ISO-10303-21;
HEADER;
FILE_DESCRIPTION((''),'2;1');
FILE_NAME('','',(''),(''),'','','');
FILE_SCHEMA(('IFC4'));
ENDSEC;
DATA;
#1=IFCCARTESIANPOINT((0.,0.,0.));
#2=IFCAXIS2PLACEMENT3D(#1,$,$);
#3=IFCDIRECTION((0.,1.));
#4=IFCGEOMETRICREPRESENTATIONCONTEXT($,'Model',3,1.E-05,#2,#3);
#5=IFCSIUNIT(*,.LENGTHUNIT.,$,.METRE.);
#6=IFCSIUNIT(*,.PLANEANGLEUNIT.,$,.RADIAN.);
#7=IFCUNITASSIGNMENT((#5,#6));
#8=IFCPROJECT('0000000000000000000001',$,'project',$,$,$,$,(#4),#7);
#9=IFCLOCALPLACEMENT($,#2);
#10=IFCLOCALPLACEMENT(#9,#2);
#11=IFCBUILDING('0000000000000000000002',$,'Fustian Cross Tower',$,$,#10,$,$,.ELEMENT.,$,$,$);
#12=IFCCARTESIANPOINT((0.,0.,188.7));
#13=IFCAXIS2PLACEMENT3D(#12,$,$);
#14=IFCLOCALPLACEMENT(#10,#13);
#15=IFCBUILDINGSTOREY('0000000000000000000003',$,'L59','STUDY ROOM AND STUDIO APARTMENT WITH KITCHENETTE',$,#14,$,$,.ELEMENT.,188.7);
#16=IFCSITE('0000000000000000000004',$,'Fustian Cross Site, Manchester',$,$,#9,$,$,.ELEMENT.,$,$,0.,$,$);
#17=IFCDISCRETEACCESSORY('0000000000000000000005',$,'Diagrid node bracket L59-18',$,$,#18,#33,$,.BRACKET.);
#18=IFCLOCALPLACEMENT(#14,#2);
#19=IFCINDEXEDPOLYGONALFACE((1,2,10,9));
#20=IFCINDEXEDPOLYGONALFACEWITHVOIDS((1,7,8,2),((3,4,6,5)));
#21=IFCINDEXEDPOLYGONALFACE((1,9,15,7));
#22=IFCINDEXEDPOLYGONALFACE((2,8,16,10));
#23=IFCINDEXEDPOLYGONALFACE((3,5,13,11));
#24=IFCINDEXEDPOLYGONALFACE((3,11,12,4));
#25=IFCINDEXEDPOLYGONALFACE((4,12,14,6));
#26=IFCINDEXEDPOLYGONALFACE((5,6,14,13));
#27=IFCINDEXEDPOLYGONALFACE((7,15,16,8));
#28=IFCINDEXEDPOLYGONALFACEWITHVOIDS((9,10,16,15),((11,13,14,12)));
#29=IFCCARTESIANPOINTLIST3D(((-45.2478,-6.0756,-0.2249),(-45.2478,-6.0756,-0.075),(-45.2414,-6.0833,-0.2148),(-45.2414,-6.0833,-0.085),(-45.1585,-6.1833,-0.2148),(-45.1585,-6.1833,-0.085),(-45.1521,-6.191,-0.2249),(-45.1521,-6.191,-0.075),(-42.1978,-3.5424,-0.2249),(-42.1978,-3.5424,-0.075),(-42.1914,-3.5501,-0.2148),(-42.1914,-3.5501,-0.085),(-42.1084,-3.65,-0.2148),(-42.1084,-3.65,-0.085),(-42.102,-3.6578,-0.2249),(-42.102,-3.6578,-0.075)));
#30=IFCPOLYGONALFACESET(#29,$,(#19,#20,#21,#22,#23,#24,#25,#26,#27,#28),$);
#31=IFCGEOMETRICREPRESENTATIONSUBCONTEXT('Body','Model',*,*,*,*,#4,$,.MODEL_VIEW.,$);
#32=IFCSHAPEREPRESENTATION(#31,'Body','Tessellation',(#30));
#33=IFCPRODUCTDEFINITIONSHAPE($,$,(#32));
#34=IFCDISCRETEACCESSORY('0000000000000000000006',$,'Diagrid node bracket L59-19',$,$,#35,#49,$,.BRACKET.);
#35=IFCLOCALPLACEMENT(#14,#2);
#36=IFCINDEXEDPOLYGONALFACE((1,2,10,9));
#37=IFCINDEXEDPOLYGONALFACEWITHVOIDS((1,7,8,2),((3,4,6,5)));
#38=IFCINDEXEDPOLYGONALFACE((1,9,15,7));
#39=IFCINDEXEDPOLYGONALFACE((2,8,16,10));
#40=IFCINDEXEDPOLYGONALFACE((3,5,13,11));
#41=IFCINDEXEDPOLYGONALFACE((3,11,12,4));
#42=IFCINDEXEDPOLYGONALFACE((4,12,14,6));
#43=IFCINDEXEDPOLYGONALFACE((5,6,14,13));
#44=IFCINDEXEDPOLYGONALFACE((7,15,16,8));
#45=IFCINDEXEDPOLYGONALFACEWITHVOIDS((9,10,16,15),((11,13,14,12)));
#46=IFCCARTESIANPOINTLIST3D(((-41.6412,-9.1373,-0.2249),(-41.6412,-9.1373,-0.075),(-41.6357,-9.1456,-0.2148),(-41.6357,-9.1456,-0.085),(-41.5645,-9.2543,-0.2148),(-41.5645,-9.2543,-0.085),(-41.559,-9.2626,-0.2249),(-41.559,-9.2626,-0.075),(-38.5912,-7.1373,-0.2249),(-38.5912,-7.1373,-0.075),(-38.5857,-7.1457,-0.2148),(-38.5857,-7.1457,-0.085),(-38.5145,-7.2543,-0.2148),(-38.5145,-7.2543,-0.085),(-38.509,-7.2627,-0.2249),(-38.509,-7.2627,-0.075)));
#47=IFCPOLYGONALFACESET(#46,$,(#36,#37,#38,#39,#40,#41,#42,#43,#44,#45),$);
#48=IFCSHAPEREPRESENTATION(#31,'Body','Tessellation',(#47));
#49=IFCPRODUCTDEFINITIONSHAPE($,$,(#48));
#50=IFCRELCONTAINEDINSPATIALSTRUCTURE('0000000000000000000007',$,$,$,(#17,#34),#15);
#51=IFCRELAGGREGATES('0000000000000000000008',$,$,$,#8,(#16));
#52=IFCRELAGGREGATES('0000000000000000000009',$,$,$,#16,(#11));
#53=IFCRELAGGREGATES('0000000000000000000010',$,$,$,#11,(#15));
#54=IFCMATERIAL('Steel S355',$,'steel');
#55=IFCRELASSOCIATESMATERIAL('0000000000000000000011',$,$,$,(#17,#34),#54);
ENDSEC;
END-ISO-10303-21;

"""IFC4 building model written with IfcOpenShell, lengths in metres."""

from ifc_helpers import new_model, si_unit, direction, frame, origin, origin_2d, place, context, subcontext, project, spatial, hollow_rectangle, extrude, material, element, save


model = new_model("IFC4")

# Units and contexts
model_context = context("Model", 3, precision=1e-05, world=origin(), true_north=direction((0.0, 1.0)))
body_context = subcontext(model_context, "Body", "Model", "MODEL_VIEW")
ifc_project = project(units=[si_unit("LENGTHUNIT", "METRE"), si_unit("PLANEANGLEUNIT", "RADIAN")], contexts=[model_context])

# Site, building, storey
site_placement = place(None, origin())
site = spatial("IfcSite", under=ifc_project, at=site_placement, Name="Fustian Cross Site, Manchester", CompositionType="ELEMENT", RefElevation=0.0)
building_placement = place(site_placement, origin())
building = spatial("IfcBuilding", under=site, at=building_placement, Name="Fustian Cross Tower", CompositionType="ELEMENT")
storey_placement = place(building_placement, frame((0.0, 0.0, 188.7)))
storey = spatial("IfcBuildingStorey", under=building, at=storey_placement, Name="L59", Description="STUDY ROOM AND STUDIO APARTMENT WITH KITCHENETTE", CompositionType="ELEMENT", Elevation=188.7)

# Discrete accessories
ifc_material_1 = material(Name="Steel S355", Category="steel")
discrete_accessory_1_placement = place(storey_placement, frame((-45.2, -6.1333, -0.1499), z_axis=(0.769275, 0.638918, 0.0), x_axis=(-0.638918, 0.769275, 0.0)))
element("IfcDiscreteAccessory", 1, at=discrete_accessory_1_placement, inside=storey, material=ifc_material_1, Name="Diagrid node bracket L59-18", PredefinedType="BRACKET", context=body_context, shape_type="SweptSolid", body=[
    extrude(hollow_rectangle(XDim=0.1499, YDim=0.1499, WallThickness=0.01, at=origin_2d()), origin(), (0.0, 0.0, 1.0), 3.9648),
])
discrete_accessory_2_placement = place(storey_placement, frame((-41.6001, -9.2, -0.1499), z_axis=(0.836248, 0.548351, 0.0), x_axis=(-0.548351, 0.836248, 0.0)))
element("IfcDiscreteAccessory", 2, at=discrete_accessory_2_placement, inside=storey, material=ifc_material_1, Name="Diagrid node bracket L59-19", PredefinedType="BRACKET", context=body_context, shape_type="SweptSolid", body=[
    extrude(hollow_rectangle(XDim=0.1499, YDim=0.1499, WallThickness=0.01, at=origin_2d()), origin(), (0.0, 0.0, 1.0), 3.6472),
])

save(model, "model.ifc")
